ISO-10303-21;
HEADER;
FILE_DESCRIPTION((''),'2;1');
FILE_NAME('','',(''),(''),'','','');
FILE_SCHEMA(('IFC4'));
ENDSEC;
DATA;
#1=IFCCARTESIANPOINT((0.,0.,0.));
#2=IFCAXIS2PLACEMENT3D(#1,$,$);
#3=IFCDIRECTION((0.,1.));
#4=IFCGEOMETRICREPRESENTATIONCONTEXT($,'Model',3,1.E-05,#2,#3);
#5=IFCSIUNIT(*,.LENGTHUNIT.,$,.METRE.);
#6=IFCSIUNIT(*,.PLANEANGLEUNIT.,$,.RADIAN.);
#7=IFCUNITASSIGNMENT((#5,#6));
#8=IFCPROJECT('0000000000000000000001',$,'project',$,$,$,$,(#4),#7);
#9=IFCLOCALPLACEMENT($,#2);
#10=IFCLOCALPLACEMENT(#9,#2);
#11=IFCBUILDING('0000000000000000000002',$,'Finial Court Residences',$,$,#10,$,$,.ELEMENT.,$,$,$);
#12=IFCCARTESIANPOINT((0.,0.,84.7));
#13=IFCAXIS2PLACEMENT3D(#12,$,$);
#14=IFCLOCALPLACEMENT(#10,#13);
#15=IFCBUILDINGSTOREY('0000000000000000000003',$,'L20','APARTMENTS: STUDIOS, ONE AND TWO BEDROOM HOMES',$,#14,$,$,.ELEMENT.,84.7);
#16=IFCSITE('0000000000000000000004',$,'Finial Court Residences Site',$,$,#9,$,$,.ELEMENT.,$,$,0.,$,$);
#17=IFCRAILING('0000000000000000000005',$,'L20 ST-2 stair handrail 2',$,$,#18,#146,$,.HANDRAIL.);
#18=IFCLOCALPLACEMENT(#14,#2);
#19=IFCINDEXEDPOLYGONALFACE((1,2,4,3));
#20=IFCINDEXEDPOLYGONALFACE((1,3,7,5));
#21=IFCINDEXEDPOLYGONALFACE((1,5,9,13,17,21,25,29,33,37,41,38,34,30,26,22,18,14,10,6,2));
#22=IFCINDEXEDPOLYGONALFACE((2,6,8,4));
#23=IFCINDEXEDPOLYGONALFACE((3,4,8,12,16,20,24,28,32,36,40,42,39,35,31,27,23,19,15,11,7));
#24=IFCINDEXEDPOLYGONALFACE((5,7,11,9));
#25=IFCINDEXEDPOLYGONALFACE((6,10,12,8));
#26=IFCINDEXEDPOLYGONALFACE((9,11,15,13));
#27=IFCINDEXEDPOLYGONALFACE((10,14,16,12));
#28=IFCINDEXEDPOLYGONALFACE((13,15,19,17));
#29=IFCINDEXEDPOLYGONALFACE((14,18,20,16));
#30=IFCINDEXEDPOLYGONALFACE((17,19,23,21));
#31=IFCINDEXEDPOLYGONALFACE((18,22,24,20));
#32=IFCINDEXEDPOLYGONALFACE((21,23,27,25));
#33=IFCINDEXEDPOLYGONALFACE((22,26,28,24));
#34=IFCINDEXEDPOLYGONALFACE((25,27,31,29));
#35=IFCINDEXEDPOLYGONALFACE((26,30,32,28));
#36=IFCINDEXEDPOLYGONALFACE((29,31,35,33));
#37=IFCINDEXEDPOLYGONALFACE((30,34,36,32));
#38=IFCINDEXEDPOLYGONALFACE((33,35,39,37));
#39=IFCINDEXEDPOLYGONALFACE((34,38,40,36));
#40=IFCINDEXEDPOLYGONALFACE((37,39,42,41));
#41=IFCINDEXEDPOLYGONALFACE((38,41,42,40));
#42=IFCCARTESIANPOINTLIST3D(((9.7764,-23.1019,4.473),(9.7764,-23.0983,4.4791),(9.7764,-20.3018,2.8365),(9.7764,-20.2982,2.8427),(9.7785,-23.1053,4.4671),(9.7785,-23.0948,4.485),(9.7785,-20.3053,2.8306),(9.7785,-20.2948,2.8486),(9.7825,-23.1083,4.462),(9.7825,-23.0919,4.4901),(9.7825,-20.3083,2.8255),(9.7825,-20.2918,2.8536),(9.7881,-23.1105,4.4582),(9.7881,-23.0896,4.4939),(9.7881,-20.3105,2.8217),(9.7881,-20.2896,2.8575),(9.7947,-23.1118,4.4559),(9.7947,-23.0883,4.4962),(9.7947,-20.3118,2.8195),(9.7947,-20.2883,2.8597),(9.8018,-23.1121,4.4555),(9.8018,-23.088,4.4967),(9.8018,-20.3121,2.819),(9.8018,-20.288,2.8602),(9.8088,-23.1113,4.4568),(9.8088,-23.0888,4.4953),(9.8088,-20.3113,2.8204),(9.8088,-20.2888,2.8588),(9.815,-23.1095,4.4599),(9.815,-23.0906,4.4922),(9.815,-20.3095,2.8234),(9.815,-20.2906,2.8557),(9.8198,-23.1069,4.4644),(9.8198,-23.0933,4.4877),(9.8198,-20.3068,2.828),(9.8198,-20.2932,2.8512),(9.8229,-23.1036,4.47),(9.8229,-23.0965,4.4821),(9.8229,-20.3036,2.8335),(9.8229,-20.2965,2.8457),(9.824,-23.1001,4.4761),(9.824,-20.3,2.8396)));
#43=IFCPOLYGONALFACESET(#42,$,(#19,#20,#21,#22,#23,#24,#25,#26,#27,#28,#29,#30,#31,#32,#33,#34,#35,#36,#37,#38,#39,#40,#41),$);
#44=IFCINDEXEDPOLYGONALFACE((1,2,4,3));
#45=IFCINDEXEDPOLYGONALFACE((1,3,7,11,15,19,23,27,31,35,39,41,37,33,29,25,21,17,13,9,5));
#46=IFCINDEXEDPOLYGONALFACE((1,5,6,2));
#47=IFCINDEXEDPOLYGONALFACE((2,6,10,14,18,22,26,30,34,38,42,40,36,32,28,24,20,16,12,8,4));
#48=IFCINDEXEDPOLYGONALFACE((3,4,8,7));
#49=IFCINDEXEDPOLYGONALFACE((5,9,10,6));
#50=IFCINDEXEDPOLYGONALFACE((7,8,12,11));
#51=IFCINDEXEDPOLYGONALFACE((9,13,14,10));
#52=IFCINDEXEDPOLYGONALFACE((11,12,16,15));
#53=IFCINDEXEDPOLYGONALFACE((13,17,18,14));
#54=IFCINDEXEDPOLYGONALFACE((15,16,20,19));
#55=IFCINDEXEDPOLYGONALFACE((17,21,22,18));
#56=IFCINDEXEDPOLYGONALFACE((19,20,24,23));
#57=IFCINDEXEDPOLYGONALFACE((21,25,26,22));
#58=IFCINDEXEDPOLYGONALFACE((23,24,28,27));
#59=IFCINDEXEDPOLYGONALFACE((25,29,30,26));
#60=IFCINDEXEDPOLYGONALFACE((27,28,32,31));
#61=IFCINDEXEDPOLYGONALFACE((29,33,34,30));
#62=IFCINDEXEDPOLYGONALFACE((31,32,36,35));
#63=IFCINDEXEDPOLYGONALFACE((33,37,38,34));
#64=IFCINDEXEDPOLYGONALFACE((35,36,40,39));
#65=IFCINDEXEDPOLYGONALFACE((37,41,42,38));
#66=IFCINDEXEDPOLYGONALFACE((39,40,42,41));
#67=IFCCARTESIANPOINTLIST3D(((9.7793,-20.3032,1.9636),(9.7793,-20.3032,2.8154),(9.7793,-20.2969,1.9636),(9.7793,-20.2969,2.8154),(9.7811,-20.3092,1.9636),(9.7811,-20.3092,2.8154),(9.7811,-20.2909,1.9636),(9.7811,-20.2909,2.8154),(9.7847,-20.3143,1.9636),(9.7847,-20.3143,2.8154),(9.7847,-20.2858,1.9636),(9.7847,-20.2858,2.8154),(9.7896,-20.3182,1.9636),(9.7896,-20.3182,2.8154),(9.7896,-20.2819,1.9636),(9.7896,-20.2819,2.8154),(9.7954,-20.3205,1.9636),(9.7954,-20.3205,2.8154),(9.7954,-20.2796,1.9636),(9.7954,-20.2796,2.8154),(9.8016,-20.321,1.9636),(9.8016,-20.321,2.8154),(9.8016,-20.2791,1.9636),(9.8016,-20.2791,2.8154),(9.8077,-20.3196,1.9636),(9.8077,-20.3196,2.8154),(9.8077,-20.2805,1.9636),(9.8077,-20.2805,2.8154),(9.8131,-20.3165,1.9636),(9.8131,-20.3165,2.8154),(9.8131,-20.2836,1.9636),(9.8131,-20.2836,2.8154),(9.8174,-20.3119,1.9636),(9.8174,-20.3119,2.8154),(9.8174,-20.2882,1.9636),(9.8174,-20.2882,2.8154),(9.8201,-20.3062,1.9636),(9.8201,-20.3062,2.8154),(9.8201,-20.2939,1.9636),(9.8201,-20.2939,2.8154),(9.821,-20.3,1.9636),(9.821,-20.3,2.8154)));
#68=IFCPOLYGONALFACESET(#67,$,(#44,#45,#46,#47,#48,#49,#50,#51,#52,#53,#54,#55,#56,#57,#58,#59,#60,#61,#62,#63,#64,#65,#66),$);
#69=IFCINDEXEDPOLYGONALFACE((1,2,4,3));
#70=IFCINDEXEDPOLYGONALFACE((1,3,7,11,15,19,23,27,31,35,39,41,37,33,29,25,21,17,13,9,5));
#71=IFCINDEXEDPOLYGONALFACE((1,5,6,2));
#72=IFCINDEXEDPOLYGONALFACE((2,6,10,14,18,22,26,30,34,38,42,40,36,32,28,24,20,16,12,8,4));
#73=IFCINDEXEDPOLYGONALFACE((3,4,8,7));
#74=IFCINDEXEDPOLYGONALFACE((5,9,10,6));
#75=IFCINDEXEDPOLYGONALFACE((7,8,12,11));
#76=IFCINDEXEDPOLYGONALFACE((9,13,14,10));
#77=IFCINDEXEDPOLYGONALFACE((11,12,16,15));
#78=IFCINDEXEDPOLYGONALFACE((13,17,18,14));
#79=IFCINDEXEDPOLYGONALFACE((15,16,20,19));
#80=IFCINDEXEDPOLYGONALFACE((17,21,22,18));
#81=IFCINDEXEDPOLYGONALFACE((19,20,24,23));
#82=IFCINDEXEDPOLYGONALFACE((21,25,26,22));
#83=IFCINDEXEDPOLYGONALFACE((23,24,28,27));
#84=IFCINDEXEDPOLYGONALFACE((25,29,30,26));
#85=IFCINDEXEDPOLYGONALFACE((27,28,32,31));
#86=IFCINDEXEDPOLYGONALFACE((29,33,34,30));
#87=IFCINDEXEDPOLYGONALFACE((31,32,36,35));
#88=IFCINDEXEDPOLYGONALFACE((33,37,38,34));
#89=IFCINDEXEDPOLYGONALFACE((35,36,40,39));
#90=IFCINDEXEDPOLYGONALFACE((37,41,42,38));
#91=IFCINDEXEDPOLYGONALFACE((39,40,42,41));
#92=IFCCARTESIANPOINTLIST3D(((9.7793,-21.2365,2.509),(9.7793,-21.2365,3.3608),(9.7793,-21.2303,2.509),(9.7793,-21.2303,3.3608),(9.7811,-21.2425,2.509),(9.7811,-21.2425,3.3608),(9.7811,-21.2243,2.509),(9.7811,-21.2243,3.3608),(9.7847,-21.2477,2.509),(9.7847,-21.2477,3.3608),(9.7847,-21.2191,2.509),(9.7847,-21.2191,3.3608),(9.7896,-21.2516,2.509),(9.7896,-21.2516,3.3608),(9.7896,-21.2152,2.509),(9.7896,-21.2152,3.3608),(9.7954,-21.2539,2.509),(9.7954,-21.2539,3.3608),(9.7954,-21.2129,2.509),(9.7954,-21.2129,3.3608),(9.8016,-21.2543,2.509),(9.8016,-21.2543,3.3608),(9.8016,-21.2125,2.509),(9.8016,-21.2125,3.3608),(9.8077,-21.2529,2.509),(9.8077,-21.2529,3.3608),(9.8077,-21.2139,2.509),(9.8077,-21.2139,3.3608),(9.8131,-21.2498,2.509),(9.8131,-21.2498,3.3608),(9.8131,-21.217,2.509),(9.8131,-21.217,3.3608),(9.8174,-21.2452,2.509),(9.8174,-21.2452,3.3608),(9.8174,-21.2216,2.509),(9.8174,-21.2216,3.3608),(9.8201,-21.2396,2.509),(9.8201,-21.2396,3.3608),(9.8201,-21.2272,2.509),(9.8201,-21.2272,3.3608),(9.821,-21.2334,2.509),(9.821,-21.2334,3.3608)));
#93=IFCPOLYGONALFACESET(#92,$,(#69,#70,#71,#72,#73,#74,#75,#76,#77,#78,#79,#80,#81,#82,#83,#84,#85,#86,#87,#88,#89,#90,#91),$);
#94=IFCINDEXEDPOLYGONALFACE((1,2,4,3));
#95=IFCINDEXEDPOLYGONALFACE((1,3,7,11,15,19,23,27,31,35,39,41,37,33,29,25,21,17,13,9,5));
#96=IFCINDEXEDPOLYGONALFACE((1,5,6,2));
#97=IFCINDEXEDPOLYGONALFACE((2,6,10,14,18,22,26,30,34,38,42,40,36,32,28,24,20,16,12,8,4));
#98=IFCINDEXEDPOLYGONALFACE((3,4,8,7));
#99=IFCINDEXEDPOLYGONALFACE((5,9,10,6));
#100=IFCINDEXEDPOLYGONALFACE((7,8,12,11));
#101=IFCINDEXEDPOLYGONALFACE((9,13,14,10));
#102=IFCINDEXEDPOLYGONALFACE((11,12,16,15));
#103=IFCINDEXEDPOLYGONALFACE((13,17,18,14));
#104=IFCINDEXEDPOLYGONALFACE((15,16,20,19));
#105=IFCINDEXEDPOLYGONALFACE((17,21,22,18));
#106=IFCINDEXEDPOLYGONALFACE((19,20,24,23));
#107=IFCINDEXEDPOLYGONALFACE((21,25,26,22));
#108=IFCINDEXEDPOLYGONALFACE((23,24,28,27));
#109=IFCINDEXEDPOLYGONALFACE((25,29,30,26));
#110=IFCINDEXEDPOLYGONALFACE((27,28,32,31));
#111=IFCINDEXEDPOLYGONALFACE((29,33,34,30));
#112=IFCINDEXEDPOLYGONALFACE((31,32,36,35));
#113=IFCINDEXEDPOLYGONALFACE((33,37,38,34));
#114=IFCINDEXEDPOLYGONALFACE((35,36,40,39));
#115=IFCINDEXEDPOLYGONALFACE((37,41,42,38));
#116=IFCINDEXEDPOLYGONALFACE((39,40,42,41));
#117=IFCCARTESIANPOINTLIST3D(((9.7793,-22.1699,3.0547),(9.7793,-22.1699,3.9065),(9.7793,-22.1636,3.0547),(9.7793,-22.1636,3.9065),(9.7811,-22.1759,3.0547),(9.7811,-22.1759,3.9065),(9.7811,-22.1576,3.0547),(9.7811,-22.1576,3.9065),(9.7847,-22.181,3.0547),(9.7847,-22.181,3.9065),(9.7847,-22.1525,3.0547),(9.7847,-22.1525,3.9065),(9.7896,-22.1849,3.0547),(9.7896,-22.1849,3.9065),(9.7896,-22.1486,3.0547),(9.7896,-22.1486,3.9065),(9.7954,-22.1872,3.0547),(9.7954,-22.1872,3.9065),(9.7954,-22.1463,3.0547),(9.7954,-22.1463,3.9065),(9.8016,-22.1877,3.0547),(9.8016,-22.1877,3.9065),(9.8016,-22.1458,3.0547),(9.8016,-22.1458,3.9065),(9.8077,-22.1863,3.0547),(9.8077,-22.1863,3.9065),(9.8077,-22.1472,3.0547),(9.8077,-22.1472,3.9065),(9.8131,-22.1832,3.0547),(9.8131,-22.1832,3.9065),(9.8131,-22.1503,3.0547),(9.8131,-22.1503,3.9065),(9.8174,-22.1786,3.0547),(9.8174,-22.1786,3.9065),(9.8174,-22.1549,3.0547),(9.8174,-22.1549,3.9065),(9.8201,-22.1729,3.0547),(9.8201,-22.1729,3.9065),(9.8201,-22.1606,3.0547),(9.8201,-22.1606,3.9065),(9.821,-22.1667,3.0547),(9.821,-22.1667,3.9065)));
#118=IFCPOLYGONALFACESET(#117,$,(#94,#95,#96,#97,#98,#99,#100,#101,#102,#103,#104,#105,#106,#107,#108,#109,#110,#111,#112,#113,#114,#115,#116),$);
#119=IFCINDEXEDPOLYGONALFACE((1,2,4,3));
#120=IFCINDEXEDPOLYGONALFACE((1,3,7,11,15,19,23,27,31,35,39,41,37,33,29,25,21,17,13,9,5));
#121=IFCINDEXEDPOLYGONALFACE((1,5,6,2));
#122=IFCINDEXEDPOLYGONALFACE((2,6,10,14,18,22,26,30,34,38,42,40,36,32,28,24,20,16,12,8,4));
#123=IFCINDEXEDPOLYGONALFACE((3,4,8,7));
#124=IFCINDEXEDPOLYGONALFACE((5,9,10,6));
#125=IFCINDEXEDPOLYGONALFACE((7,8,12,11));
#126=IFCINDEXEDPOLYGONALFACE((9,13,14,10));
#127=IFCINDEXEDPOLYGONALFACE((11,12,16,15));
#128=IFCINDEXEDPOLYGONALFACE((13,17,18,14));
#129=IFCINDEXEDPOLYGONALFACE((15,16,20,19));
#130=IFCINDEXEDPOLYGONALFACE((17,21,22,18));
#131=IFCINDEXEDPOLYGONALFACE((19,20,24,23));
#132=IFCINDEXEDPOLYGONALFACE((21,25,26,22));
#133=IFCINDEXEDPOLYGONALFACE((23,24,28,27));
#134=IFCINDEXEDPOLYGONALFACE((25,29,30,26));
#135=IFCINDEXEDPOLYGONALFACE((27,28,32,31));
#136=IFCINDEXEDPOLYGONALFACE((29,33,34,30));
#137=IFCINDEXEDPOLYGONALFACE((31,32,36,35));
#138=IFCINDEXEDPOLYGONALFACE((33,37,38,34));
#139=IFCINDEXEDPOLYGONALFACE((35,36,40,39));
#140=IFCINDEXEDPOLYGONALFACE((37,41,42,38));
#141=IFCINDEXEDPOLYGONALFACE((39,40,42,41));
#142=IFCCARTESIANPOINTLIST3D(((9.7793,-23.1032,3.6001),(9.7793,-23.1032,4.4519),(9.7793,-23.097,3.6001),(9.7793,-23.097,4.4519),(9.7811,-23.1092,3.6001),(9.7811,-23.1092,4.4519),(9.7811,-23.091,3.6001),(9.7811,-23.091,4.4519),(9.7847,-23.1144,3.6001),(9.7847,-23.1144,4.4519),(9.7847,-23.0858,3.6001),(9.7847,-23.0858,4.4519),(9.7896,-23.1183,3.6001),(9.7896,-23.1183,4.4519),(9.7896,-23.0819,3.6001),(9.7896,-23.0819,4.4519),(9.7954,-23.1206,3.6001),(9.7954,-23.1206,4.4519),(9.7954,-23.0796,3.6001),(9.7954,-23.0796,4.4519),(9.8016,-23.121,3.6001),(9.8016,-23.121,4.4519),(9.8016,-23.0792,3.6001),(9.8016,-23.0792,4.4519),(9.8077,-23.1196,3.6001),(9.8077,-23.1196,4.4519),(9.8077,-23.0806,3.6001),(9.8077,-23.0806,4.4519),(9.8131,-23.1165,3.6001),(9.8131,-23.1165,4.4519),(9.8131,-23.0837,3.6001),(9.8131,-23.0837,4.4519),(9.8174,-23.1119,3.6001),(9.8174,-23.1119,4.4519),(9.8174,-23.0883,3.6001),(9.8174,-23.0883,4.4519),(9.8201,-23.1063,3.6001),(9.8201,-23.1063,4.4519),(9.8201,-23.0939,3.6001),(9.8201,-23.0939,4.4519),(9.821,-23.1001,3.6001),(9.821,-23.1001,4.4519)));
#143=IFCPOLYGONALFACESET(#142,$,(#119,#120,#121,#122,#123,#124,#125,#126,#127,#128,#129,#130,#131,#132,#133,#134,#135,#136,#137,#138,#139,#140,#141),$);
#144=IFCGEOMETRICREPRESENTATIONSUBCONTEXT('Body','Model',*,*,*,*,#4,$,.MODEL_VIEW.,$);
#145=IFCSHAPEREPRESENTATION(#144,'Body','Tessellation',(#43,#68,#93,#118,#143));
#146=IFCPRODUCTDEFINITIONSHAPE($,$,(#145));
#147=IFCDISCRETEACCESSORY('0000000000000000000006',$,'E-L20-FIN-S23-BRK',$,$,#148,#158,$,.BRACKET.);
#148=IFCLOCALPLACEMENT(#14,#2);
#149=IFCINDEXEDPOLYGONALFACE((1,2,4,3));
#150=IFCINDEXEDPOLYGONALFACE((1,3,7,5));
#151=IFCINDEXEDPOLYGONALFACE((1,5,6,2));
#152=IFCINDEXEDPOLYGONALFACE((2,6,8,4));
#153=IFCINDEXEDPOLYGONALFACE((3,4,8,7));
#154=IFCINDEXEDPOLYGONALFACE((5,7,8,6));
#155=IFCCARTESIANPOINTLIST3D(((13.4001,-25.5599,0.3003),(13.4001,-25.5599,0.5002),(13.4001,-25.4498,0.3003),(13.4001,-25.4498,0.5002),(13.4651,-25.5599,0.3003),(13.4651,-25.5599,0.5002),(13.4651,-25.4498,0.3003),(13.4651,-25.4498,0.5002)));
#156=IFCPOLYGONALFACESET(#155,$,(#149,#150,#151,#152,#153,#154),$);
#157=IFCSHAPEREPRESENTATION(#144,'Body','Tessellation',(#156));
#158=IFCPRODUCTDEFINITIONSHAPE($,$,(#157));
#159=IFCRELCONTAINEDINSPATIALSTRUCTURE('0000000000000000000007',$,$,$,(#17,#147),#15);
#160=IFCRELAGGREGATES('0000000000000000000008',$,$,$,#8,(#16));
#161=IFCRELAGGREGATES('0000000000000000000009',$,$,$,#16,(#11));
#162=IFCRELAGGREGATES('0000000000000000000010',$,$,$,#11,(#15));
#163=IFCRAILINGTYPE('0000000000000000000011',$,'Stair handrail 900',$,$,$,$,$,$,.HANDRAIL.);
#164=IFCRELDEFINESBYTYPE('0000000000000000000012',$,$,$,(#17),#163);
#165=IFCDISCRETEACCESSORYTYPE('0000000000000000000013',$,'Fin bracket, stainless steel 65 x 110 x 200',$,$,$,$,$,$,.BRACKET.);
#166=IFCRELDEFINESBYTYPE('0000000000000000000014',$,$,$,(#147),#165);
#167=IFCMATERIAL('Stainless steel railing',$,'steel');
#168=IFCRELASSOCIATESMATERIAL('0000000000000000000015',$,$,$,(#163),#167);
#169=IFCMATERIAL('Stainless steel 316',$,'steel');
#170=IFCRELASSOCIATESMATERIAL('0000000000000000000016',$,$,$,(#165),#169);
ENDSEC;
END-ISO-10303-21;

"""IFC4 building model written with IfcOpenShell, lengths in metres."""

from ifc_helpers import new_model, si_unit, direction, frame, origin, origin_2d, place, context, subcontext, project, spatial, rectangle, circle, extrude, material, type_object, element, save


model = new_model("IFC4")

# Units and contexts
model_context = context("Model", 3, precision=1e-05, world=origin(), true_north=direction((0.0, 1.0)))
body_context = subcontext(model_context, "Body", "Model", "MODEL_VIEW")
ifc_project = project(units=[si_unit("LENGTHUNIT", "METRE"), si_unit("PLANEANGLEUNIT", "RADIAN")], contexts=[model_context])

# Site, building, storey
site_placement = place(None, origin())
site = spatial("IfcSite", under=ifc_project, at=site_placement, Name="Finial Court Residences Site", CompositionType="ELEMENT", RefElevation=0.0)
building_placement = place(site_placement, origin())
building = spatial("IfcBuilding", under=site, at=building_placement, Name="Finial Court Residences", CompositionType="ELEMENT")
storey_placement = place(building_placement, frame((0.0, 0.0, 84.7)))
storey = spatial("IfcBuildingStorey", under=building, at=storey_placement, Name="L20", Description="APARTMENTS: STUDIOS, ONE AND TWO BEDROOM HOMES", CompositionType="ELEMENT", Elevation=84.7)

# Railing
ifc_material_1 = material(Name="Stainless steel railing", Category="steel")
railing_type_1 = type_object("IfcRailingType", Name="Stair handrail 900", PredefinedType="HANDRAIL", material=ifc_material_1)
railing_1_placement = place(storey_placement, frame((9.8, -20.3, 1.9636)))
element("IfcRailing", 1, at=railing_1_placement, inside=storey, type_object=railing_type_1, Name="L20 ST-2 stair handrail 2", PredefinedType="HANDRAIL", context=body_context, shape_type="SweptSolid", body=[
    extrude(circle(Radius=0.0239, at=origin_2d()), frame((0.0, 0.0, 0.876), z_axis=(0.0, -0.863361, 0.504587), x_axis=(1.0, 0.0, 0.0)), (0.0, 0.0, 1.0), 3.2432),
    extrude(circle(Radius=0.021, at=origin_2d()), origin(), (0.0, 0.0, 1.0), 0.8518),
    extrude(circle(Radius=0.021, at=origin_2d()), frame((0.0, -0.9333, 0.5454)), (0.0, 0.0, 1.0), 0.8518),
    extrude(circle(Radius=0.021, at=origin_2d()), frame((0.0, -1.8667, 1.0911)), (0.0, 0.0, 1.0), 0.8518),
    extrude(circle(Radius=0.021, at=origin_2d()), frame((0.0, -2.8, 1.6365)), (0.0, 0.0, 1.0), 0.8518),
])

# Discrete accessory
ifc_material_2 = material(Name="Stainless steel 316", Category="steel")
discrete_accessory_type = type_object("IfcDiscreteAccessoryType", Name="Fin bracket, stainless steel 65 x 110 x 200", PredefinedType="BRACKET", material=ifc_material_2)
discrete_accessory_placement = place(storey_placement, frame((13.4326, -25.5049, 0.3003), z_axis=(0.0, 0.0, 1.0), x_axis=(1.0, 0.0, 0.0)))
element("IfcDiscreteAccessory", 2, at=discrete_accessory_placement, inside=storey, type_object=discrete_accessory_type, Name="E-L20-FIN-S23-BRK", PredefinedType="BRACKET", context=body_context, shape_type="SweptSolid", body=[
    extrude(rectangle(XDim=0.0649, YDim=0.1101, at=origin_2d()), origin(), (0.0, 0.0, 1.0), 0.2),
])

save(model, "model.ifc")
